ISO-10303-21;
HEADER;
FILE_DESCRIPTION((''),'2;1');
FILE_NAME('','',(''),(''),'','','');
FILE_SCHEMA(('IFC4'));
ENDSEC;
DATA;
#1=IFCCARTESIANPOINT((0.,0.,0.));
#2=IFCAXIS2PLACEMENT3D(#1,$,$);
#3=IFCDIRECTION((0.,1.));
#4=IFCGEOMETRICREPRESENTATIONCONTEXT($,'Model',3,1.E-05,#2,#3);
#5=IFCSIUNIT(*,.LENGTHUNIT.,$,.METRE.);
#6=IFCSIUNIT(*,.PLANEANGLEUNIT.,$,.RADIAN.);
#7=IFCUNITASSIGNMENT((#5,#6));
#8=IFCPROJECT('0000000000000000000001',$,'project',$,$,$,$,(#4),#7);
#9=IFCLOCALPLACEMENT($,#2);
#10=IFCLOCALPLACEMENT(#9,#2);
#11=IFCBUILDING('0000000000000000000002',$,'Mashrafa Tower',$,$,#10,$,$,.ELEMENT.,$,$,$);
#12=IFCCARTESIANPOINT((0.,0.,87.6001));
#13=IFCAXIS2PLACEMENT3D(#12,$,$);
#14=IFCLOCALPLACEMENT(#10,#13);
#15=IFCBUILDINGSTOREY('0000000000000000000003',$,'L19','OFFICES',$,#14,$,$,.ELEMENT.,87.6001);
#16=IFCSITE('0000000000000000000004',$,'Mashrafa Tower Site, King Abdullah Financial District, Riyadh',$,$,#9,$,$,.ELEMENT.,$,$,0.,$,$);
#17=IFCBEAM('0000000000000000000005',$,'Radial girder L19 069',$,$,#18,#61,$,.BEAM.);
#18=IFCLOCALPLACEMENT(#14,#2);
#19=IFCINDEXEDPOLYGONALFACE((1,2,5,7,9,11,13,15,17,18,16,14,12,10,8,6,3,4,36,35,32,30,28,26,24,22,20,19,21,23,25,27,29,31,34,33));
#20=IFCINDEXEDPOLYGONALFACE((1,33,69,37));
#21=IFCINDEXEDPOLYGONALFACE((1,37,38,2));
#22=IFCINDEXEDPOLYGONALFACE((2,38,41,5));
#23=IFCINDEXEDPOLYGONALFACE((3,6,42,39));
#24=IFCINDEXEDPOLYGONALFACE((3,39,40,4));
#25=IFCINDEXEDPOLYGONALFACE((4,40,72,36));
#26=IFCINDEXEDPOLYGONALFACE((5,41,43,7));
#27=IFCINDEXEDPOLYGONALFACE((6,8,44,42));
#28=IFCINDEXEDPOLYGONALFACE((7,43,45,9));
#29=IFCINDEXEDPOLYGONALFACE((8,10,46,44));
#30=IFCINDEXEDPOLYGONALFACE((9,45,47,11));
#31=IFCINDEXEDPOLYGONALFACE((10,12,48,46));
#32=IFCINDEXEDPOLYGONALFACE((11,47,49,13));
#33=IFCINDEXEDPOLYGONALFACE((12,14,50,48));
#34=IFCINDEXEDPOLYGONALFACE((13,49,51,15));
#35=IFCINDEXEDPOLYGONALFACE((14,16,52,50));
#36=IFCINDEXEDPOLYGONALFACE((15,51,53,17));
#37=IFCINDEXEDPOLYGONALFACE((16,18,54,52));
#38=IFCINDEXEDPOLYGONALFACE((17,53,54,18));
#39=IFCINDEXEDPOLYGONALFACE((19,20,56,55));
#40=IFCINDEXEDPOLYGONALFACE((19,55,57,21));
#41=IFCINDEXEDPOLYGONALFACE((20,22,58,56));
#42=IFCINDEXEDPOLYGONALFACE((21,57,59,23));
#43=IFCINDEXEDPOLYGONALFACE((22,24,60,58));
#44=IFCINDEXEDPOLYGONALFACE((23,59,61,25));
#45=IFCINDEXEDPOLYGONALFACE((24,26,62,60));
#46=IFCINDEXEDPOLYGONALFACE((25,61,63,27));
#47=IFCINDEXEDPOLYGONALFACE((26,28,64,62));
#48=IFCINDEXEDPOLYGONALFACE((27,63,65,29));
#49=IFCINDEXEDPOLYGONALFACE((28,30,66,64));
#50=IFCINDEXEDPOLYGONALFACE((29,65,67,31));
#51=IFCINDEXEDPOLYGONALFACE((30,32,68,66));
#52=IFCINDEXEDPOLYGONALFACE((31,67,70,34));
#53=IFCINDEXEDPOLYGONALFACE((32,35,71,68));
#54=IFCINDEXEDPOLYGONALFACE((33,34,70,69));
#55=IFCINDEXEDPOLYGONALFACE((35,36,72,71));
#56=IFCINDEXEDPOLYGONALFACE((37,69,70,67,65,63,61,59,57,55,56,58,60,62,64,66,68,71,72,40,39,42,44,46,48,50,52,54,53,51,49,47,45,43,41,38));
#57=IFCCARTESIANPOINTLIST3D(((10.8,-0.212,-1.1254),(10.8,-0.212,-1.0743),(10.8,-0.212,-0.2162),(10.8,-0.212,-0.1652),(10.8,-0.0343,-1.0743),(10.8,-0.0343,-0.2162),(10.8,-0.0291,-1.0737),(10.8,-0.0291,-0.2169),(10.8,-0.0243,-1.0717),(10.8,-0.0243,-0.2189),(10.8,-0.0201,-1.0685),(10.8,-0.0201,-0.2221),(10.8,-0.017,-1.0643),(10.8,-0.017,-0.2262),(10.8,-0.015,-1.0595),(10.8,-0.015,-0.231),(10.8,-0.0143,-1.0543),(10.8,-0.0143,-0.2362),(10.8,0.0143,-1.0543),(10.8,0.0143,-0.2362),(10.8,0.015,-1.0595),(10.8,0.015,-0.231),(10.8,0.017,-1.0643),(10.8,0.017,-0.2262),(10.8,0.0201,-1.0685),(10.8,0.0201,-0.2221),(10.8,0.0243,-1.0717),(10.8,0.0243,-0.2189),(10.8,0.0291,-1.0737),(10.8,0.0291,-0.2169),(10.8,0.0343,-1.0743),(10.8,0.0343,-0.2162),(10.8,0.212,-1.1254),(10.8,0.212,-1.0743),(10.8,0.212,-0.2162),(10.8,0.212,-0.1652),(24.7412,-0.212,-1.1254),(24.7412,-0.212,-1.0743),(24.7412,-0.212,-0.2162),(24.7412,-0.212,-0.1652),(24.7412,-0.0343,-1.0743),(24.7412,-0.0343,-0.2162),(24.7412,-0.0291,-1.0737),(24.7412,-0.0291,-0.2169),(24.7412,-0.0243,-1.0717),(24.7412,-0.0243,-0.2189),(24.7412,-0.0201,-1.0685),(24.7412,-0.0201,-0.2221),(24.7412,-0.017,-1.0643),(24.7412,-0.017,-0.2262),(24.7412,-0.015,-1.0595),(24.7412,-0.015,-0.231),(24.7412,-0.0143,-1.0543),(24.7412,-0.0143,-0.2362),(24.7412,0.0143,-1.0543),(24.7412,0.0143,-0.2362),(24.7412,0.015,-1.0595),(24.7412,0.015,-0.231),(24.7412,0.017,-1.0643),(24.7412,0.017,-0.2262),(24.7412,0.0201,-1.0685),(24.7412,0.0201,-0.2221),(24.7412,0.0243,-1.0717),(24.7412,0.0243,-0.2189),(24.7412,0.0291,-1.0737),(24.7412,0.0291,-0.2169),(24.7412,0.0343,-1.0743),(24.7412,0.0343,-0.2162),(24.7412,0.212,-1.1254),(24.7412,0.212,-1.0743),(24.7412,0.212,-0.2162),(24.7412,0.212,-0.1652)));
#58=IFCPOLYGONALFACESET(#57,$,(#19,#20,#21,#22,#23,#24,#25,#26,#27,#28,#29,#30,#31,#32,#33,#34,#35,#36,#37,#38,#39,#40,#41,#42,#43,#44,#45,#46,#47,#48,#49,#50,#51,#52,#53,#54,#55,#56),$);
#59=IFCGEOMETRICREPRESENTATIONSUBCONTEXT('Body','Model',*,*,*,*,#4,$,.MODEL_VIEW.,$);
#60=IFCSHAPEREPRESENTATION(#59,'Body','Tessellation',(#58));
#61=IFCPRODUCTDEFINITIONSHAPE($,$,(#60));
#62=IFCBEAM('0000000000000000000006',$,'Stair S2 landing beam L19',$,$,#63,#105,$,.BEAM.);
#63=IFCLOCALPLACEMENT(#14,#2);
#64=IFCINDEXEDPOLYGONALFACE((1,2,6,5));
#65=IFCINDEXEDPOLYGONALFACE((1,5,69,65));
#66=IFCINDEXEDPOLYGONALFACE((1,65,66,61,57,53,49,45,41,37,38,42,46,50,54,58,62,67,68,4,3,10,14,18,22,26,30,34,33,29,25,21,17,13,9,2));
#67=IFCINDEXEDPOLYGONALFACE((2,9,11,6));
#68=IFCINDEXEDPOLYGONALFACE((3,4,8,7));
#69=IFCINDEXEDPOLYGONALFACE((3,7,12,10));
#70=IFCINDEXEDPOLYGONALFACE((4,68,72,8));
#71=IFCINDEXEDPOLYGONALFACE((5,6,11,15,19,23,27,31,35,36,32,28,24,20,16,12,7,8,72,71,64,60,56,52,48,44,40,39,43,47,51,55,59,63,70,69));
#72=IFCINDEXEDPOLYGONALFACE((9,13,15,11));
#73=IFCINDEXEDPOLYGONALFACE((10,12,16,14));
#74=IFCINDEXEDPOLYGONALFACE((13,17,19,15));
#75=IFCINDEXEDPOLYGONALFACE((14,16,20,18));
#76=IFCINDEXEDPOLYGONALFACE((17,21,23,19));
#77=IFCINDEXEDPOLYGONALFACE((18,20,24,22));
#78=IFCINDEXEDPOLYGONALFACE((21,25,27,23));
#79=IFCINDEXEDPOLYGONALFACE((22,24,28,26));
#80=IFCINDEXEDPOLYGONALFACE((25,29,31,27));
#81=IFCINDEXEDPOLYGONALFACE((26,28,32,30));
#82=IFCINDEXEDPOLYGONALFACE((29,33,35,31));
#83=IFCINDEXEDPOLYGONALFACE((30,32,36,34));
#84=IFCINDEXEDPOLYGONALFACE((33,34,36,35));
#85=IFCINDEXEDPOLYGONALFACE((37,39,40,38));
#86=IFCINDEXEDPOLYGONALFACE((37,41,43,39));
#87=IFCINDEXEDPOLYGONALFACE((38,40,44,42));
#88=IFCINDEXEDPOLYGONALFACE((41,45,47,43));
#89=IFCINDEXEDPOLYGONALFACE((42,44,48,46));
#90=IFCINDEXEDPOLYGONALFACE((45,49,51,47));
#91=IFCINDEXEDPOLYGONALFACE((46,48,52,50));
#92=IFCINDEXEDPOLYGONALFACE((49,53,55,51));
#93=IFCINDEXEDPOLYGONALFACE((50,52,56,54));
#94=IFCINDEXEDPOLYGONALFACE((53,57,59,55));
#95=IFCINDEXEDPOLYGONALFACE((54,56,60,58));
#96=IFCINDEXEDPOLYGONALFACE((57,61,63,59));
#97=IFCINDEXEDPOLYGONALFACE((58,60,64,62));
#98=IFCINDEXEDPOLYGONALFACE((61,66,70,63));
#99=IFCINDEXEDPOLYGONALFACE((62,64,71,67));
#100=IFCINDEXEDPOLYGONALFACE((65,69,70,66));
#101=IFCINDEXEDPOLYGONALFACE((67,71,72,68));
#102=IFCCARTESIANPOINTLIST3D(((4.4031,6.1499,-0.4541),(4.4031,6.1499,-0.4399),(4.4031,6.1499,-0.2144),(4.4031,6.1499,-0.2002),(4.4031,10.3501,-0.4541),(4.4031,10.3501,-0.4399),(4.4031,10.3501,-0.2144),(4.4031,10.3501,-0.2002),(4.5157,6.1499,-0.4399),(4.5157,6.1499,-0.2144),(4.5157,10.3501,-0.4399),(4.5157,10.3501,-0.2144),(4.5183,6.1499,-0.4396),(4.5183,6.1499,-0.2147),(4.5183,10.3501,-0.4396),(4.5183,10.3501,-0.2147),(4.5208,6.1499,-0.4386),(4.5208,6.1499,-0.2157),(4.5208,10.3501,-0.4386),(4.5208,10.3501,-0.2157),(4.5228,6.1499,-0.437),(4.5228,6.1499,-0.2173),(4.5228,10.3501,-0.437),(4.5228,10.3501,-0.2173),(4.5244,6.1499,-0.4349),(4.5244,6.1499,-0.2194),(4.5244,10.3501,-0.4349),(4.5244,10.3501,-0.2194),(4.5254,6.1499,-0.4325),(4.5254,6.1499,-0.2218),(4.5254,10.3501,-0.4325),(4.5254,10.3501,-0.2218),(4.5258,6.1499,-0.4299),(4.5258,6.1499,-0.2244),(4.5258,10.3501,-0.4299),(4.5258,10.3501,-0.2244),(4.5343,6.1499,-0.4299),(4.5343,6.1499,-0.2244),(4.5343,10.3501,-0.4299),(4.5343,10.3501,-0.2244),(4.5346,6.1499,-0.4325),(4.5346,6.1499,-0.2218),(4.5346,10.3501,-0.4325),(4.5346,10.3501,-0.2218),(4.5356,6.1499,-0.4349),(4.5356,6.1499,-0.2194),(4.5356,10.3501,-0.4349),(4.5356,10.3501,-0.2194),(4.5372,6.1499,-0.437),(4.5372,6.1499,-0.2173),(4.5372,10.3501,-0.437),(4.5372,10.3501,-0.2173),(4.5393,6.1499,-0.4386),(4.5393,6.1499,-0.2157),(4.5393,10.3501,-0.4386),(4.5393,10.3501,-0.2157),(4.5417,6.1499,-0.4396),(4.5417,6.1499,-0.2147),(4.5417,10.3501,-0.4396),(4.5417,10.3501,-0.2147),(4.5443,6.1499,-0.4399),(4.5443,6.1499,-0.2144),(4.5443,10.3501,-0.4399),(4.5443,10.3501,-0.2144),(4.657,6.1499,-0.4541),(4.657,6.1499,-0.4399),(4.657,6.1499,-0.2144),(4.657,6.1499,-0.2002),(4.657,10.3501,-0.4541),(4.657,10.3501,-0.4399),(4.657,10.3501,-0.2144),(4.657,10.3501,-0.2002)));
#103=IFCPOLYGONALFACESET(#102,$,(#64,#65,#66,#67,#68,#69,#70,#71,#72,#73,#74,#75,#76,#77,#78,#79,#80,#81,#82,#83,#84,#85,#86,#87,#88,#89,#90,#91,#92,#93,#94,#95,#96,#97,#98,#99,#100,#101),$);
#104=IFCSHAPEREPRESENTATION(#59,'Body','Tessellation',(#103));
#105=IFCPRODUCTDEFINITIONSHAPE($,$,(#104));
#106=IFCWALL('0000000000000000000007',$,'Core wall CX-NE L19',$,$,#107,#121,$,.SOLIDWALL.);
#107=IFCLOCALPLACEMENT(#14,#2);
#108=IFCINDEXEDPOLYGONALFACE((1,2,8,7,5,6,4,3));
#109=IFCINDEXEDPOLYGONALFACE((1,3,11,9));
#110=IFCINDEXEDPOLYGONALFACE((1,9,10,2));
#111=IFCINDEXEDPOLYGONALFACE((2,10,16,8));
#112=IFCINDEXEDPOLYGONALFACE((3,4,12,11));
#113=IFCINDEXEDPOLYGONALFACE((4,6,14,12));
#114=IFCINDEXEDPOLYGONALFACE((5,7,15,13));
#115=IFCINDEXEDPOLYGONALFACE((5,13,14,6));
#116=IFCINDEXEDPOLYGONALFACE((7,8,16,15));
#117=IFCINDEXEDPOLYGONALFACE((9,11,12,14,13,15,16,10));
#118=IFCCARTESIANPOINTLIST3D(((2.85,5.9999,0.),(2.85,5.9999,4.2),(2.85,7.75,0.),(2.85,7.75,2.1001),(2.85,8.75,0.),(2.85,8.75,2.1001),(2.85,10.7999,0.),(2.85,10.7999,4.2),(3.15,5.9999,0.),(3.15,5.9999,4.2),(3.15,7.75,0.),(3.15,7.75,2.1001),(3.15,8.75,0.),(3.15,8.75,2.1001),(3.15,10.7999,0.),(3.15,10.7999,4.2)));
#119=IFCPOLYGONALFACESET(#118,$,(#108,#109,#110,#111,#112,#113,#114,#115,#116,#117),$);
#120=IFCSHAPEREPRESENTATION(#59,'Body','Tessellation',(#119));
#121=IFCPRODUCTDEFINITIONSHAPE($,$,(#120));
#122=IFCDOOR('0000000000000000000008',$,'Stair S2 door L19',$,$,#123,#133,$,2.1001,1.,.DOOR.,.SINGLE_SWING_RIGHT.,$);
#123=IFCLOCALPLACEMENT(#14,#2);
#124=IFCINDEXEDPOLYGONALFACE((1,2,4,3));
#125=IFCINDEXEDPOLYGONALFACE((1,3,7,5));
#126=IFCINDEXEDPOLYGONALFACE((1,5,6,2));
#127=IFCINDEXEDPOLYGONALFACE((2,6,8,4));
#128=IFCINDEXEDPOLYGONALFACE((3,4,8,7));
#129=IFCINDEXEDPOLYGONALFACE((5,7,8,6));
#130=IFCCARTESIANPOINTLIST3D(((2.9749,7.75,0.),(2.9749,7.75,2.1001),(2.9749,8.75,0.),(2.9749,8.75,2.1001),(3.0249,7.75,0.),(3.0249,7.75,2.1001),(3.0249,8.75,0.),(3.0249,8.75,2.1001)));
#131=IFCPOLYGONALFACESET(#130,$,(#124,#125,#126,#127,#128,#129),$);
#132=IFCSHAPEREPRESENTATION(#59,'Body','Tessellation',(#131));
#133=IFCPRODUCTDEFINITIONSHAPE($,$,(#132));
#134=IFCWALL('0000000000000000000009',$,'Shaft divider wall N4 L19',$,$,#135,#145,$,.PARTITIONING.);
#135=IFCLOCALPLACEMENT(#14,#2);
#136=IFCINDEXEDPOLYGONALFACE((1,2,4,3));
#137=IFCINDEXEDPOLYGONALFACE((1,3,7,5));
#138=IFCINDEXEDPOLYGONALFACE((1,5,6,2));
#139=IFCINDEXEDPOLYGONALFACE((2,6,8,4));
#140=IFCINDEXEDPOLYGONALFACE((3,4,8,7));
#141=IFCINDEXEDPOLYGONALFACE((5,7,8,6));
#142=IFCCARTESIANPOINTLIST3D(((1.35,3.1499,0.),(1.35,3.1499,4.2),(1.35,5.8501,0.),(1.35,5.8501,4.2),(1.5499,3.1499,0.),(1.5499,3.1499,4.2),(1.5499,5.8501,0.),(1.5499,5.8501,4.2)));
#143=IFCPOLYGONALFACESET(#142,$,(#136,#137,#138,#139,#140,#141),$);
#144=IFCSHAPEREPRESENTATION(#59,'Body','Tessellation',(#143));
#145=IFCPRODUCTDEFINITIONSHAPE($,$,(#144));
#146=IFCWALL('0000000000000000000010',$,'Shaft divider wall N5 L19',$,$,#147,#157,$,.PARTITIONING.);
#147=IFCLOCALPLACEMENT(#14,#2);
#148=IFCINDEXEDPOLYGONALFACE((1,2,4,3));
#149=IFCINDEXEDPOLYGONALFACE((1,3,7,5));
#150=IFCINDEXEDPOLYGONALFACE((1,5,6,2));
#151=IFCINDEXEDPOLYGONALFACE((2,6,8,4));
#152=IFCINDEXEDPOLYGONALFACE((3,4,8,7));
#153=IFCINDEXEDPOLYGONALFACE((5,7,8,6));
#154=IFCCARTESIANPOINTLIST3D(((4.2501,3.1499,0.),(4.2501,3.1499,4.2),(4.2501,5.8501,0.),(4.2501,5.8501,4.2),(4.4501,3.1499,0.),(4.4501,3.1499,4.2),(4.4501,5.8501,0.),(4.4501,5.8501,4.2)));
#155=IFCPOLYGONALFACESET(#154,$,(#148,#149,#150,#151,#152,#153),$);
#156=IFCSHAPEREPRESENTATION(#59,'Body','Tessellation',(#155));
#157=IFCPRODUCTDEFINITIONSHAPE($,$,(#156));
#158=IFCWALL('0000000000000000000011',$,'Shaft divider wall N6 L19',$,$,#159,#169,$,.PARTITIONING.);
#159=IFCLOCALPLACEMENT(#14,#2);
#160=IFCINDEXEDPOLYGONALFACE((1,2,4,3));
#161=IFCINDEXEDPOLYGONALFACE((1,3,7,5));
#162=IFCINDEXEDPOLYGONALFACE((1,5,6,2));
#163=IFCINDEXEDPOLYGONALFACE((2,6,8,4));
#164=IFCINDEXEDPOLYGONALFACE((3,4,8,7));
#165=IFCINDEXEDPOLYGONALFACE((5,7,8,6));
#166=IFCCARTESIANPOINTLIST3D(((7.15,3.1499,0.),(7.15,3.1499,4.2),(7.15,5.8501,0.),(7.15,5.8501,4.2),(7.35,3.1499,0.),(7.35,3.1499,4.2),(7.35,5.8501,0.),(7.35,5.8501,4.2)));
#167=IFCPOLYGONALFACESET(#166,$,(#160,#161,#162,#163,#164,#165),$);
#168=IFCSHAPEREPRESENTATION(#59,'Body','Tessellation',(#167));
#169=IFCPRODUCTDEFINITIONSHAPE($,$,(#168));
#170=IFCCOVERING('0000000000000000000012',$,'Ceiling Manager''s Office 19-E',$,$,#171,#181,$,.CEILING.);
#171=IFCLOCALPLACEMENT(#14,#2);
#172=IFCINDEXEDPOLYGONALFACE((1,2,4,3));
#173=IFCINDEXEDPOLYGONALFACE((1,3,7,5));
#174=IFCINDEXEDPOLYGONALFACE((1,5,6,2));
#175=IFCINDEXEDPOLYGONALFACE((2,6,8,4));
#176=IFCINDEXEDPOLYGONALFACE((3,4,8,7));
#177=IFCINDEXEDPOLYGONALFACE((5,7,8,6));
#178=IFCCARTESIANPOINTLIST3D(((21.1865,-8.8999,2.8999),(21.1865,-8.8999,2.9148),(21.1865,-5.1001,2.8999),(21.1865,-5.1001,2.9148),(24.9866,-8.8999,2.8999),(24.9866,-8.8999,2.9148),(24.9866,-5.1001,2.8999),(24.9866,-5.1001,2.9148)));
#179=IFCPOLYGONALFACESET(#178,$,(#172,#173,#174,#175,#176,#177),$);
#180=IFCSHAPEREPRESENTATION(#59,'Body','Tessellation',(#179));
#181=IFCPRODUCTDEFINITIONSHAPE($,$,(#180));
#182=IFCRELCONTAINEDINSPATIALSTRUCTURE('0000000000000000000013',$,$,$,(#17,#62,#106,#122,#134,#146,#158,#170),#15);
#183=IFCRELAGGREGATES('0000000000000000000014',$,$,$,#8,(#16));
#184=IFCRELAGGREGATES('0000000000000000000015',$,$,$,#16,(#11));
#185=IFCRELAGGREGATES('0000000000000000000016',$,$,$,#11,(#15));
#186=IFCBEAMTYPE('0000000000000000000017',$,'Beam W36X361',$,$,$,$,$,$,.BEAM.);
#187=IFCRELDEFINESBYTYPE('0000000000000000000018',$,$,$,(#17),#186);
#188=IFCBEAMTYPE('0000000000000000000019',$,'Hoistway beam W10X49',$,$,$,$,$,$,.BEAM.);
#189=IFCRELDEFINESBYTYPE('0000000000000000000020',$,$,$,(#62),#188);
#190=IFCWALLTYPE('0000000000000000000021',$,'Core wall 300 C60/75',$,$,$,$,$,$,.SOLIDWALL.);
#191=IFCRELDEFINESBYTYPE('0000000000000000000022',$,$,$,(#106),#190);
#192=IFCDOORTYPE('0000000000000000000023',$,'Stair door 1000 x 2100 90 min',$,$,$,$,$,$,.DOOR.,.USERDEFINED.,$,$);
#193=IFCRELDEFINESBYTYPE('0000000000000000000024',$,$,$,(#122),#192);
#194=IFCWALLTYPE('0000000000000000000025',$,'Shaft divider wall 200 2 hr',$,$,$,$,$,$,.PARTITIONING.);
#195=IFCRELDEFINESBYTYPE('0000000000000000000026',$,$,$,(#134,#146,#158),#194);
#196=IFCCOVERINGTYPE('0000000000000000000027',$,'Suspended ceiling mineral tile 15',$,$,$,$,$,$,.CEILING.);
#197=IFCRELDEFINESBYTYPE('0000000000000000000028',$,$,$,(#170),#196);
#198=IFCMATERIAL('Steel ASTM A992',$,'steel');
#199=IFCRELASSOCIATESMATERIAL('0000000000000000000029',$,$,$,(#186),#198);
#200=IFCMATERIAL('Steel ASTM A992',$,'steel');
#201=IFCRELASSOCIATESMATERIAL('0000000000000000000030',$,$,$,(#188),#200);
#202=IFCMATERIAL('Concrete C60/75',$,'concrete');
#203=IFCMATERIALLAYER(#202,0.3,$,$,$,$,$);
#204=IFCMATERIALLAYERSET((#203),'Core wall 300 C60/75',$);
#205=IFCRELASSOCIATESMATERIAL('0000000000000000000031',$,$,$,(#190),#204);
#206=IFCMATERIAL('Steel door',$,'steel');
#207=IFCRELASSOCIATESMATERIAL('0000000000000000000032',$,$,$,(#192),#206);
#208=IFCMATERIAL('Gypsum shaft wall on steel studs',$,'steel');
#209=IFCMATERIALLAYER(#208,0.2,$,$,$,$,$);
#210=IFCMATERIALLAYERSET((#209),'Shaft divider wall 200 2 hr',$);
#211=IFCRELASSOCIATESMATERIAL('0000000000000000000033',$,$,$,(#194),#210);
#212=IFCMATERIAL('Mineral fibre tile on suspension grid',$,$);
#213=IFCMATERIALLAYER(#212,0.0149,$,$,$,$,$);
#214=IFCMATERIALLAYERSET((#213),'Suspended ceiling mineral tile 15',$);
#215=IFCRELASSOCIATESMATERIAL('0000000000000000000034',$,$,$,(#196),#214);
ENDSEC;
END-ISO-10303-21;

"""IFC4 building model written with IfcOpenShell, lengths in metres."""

from ifc_helpers import new_model, si_unit, direction, frame, frame_2d, origin, origin_2d, place, context, subcontext, project, spatial, polyline, rectangle, i_section, outline, extrude, material, layer, layer_set, material_profile, profile_set, type_object, element, fill, save


model = new_model("IFC4")

# Units and contexts
model_context = context("Model", 3, precision=1e-05, world=origin(), true_north=direction((0.0, 1.0)))
body_context = subcontext(model_context, "Body", "Model", "MODEL_VIEW")
ifc_project = project(units=[si_unit("LENGTHUNIT", "METRE"), si_unit("PLANEANGLEUNIT", "RADIAN")], contexts=[model_context])

# Site, building, storey
site_placement = place(None, origin())
site = spatial("IfcSite", under=ifc_project, at=site_placement, Name="Mashrafa Tower Site, King Abdullah Financial District, Riyadh", CompositionType="ELEMENT", RefElevation=0.0)
building_placement = place(site_placement, origin())
building = spatial("IfcBuilding", under=site, at=building_placement, Name="Mashrafa Tower", CompositionType="ELEMENT")
storey_placement = place(building_placement, frame((0.0, 0.0, 87.6001)))
storey = spatial("IfcBuildingStorey", under=building, at=storey_placement, Name="L19", Description="OFFICES", CompositionType="ELEMENT", Elevation=87.6001)

# Beams
ifc_material_1 = material(Name="Steel ASTM A992", Category="steel")
ifc_material_profile_1 = material_profile(ifc_material_1, i_section(OverallWidth=0.4241, OverallDepth=0.9602, WebThickness=0.0286, FlangeThickness=0.051, FilletRadius=0.02, at=origin_2d()), Name="W36X361")
ifc_profile_set_1 = profile_set([ifc_material_profile_1], Name="Steel ASTM A992")
beam_type_1 = type_object("IfcBeamType", Name="Beam W36X361", PredefinedType="BEAM", material=ifc_profile_set_1)
beam_1_placement = place(storey_placement, frame((10.8, 0.0, -0.6453), z_axis=(1.0, 0.0, 0.0), x_axis=(0.0, 1.0, 0.0)))
element("IfcBeam", 1, at=beam_1_placement, inside=storey, type_object=beam_type_1, Name="Radial girder L19 069", PredefinedType="BEAM", context=body_context, shape_type="SweptSolid", body=[
    extrude(i_section(OverallWidth=0.4241, OverallDepth=0.9602, WebThickness=0.0286, FlangeThickness=0.051, FilletRadius=0.02, at=origin_2d()), origin(), (0.0, 0.0, 1.0), 13.9412),
])
ifc_material_2 = material(Name="Steel ASTM A992", Category="steel")
ifc_material_profile_2 = material_profile(ifc_material_2, i_section(OverallWidth=0.2539, OverallDepth=0.2539, WebThickness=0.0085, FlangeThickness=0.0142, FilletRadius=0.01, at=origin_2d()), Name="W10X49")
ifc_profile_set_2 = profile_set([ifc_material_profile_2], Name="Steel ASTM A992")
beam_type_2 = type_object("IfcBeamType", Name="Hoistway beam W10X49", PredefinedType="BEAM", material=ifc_profile_set_2)
beam_2_placement = place(storey_placement, frame((4.53, 6.1499, -0.3271), z_axis=(0.0, 1.0, 0.0), x_axis=(-1.0, 0.0, 0.0)))
element("IfcBeam", 2, at=beam_2_placement, inside=storey, type_object=beam_type_2, Name="Stair S2 landing beam L19", PredefinedType="BEAM", context=body_context, shape_type="SweptSolid", body=[
    extrude(i_section(OverallWidth=0.2539, OverallDepth=0.2539, WebThickness=0.0085, FlangeThickness=0.0142, FilletRadius=0.01, at=origin_2d()), origin(), (0.0, 0.0, 1.0), 4.2002),
])

# Wall, opening, door
ifc_material_3 = material(Name="Concrete C60/75", Category="concrete")
ifc_layer_1 = layer(ifc_material_3, 0.3)
ifc_layer_set_1 = layer_set([ifc_layer_1], Name="Core wall 300 C60/75")
wall_type_1 = type_object("IfcWallType", Name="Core wall 300 C60/75", PredefinedType="SOLIDWALL", material=ifc_layer_set_1)
wall_placement = place(storey_placement, frame((3.0, 6.0, 0.0), z_axis=(0.0, 0.0, 1.0), x_axis=(0.0, 1.0, 0.0)))
wall = element("IfcWall", 3, at=wall_placement, inside=storey, type_object=wall_type_1, Name="Core wall CX-NE L19", PredefinedType="SOLIDWALL", context=body_context, shape_type="SweptSolid", body=[
    extrude(rectangle(XDim=4.8, YDim=0.3, at=frame_2d((2.3999, 0.0))), origin(), (0.0, 0.0, 1.0), 4.2),
])
opening_placement = place(wall_placement, frame((1.75, 0.0, 0.0)))
opening = element("IfcOpeningElement", 4, at=opening_placement, cuts=wall, PredefinedType="OPENING", context=body_context, shape_type="SweptSolid", body=[
    extrude(rectangle(XDim=1.0, YDim=2.1001, at=frame_2d((0.5, 1.05))), frame((0.0, 0.1599, 0.0), z_axis=(0.0, -1.0, 0.0), x_axis=(1.0, 0.0, 0.0)), (0.0, 0.0, 1.0), 0.3201),
])
ifc_material_4 = material(Name="Steel door", Category="steel")
door_type = type_object("IfcDoorType", Name="Stair door 1000 x 2100 90 min", OperationType="USERDEFINED", PredefinedType="DOOR", material=ifc_material_4)
door_placement = place(opening_placement, frame((1.0, 0.0, 0.0), z_axis=(0.0, 0.0, 1.0), x_axis=(-1.0, 0.0, 0.0)))
door = element("IfcDoor", 5, at=door_placement, inside=storey, type_object=door_type, Name="Stair S2 door L19", OperationType="SINGLE_SWING_RIGHT", OverallHeight=2.1001, OverallWidth=1.0, PredefinedType="DOOR", context=body_context, shape_type="SweptSolid", body=[
    extrude(rectangle(XDim=1.0, YDim=2.1001, at=frame_2d((0.5, 1.05))), frame((0.0, 0.0249, 0.0), z_axis=(0.0, -1.0, 0.0), x_axis=(1.0, 0.0, 0.0)), (0.0, 0.0, 1.0), 0.05),
])
fill(opening, door)

# Walls
ifc_material_5 = material(Name="Gypsum shaft wall on steel studs", Category="steel")
ifc_layer_2 = layer(ifc_material_5, 0.2)
ifc_layer_set_2 = layer_set([ifc_layer_2], Name="Shaft divider wall 200 2 hr")
wall_type_2 = type_object("IfcWallType", Name="Shaft divider wall 200 2 hr", PredefinedType="PARTITIONING", material=ifc_layer_set_2)
for number, where, z_axis, x_axis, name in (
    (6, (1.45, 3.1499, 0.0), (0.0, 0.0, 1.0), (0.0, 1.0, 0.0), "Shaft divider wall N4 L19"),
    (7, (4.3501, 3.1499, 0.0), (0.0, 0.0, 1.0), (0.0, 1.0, 0.0), "Shaft divider wall N5 L19"),
    (8, (7.25, 3.1499, 0.0), (0.0, 0.0, 1.0), (0.0, 1.0, 0.0), "Shaft divider wall N6 L19"),
):
    element("IfcWall", number, at=place(storey_placement, frame(where, z_axis=z_axis, x_axis=x_axis)), inside=storey, type_object=wall_type_2, Name=name, PredefinedType="PARTITIONING", context=body_context, shape_type="SweptSolid", body=[
        extrude(rectangle(XDim=2.7002, YDim=0.2, at=frame_2d((1.3501, 0.0))), origin(), (0.0, 0.0, 1.0), 4.2),
    ])

# Covering
ifc_material_6 = material(Name="Mineral fibre tile on suspension grid")
ifc_layer_3 = layer(ifc_material_6, 0.0149)
ifc_layer_set_3 = layer_set([ifc_layer_3], Name="Suspended ceiling mineral tile 15")
covering_type = type_object("IfcCoveringType", Name="Suspended ceiling mineral tile 15", PredefinedType="CEILING", material=ifc_layer_set_3)
covering_1_placement = place(storey_placement, frame((0.0, 0.0, 2.8999)))
element("IfcCovering", 9, at=covering_1_placement, inside=storey, type_object=covering_type, Name="Ceiling Manager's Office 19-E", PredefinedType="CEILING", context=body_context, shape_type="SweptSolid", body=[
    extrude(outline(polyline([(21.1865, -5.1001), (24.9866, -5.1001), (24.9866, -8.8999), (21.1865, -8.8999), (21.1865, -5.1001)])), origin(), (0.0, 0.0, 1.0), 0.0149),
])

save(model, "model.ifc")
